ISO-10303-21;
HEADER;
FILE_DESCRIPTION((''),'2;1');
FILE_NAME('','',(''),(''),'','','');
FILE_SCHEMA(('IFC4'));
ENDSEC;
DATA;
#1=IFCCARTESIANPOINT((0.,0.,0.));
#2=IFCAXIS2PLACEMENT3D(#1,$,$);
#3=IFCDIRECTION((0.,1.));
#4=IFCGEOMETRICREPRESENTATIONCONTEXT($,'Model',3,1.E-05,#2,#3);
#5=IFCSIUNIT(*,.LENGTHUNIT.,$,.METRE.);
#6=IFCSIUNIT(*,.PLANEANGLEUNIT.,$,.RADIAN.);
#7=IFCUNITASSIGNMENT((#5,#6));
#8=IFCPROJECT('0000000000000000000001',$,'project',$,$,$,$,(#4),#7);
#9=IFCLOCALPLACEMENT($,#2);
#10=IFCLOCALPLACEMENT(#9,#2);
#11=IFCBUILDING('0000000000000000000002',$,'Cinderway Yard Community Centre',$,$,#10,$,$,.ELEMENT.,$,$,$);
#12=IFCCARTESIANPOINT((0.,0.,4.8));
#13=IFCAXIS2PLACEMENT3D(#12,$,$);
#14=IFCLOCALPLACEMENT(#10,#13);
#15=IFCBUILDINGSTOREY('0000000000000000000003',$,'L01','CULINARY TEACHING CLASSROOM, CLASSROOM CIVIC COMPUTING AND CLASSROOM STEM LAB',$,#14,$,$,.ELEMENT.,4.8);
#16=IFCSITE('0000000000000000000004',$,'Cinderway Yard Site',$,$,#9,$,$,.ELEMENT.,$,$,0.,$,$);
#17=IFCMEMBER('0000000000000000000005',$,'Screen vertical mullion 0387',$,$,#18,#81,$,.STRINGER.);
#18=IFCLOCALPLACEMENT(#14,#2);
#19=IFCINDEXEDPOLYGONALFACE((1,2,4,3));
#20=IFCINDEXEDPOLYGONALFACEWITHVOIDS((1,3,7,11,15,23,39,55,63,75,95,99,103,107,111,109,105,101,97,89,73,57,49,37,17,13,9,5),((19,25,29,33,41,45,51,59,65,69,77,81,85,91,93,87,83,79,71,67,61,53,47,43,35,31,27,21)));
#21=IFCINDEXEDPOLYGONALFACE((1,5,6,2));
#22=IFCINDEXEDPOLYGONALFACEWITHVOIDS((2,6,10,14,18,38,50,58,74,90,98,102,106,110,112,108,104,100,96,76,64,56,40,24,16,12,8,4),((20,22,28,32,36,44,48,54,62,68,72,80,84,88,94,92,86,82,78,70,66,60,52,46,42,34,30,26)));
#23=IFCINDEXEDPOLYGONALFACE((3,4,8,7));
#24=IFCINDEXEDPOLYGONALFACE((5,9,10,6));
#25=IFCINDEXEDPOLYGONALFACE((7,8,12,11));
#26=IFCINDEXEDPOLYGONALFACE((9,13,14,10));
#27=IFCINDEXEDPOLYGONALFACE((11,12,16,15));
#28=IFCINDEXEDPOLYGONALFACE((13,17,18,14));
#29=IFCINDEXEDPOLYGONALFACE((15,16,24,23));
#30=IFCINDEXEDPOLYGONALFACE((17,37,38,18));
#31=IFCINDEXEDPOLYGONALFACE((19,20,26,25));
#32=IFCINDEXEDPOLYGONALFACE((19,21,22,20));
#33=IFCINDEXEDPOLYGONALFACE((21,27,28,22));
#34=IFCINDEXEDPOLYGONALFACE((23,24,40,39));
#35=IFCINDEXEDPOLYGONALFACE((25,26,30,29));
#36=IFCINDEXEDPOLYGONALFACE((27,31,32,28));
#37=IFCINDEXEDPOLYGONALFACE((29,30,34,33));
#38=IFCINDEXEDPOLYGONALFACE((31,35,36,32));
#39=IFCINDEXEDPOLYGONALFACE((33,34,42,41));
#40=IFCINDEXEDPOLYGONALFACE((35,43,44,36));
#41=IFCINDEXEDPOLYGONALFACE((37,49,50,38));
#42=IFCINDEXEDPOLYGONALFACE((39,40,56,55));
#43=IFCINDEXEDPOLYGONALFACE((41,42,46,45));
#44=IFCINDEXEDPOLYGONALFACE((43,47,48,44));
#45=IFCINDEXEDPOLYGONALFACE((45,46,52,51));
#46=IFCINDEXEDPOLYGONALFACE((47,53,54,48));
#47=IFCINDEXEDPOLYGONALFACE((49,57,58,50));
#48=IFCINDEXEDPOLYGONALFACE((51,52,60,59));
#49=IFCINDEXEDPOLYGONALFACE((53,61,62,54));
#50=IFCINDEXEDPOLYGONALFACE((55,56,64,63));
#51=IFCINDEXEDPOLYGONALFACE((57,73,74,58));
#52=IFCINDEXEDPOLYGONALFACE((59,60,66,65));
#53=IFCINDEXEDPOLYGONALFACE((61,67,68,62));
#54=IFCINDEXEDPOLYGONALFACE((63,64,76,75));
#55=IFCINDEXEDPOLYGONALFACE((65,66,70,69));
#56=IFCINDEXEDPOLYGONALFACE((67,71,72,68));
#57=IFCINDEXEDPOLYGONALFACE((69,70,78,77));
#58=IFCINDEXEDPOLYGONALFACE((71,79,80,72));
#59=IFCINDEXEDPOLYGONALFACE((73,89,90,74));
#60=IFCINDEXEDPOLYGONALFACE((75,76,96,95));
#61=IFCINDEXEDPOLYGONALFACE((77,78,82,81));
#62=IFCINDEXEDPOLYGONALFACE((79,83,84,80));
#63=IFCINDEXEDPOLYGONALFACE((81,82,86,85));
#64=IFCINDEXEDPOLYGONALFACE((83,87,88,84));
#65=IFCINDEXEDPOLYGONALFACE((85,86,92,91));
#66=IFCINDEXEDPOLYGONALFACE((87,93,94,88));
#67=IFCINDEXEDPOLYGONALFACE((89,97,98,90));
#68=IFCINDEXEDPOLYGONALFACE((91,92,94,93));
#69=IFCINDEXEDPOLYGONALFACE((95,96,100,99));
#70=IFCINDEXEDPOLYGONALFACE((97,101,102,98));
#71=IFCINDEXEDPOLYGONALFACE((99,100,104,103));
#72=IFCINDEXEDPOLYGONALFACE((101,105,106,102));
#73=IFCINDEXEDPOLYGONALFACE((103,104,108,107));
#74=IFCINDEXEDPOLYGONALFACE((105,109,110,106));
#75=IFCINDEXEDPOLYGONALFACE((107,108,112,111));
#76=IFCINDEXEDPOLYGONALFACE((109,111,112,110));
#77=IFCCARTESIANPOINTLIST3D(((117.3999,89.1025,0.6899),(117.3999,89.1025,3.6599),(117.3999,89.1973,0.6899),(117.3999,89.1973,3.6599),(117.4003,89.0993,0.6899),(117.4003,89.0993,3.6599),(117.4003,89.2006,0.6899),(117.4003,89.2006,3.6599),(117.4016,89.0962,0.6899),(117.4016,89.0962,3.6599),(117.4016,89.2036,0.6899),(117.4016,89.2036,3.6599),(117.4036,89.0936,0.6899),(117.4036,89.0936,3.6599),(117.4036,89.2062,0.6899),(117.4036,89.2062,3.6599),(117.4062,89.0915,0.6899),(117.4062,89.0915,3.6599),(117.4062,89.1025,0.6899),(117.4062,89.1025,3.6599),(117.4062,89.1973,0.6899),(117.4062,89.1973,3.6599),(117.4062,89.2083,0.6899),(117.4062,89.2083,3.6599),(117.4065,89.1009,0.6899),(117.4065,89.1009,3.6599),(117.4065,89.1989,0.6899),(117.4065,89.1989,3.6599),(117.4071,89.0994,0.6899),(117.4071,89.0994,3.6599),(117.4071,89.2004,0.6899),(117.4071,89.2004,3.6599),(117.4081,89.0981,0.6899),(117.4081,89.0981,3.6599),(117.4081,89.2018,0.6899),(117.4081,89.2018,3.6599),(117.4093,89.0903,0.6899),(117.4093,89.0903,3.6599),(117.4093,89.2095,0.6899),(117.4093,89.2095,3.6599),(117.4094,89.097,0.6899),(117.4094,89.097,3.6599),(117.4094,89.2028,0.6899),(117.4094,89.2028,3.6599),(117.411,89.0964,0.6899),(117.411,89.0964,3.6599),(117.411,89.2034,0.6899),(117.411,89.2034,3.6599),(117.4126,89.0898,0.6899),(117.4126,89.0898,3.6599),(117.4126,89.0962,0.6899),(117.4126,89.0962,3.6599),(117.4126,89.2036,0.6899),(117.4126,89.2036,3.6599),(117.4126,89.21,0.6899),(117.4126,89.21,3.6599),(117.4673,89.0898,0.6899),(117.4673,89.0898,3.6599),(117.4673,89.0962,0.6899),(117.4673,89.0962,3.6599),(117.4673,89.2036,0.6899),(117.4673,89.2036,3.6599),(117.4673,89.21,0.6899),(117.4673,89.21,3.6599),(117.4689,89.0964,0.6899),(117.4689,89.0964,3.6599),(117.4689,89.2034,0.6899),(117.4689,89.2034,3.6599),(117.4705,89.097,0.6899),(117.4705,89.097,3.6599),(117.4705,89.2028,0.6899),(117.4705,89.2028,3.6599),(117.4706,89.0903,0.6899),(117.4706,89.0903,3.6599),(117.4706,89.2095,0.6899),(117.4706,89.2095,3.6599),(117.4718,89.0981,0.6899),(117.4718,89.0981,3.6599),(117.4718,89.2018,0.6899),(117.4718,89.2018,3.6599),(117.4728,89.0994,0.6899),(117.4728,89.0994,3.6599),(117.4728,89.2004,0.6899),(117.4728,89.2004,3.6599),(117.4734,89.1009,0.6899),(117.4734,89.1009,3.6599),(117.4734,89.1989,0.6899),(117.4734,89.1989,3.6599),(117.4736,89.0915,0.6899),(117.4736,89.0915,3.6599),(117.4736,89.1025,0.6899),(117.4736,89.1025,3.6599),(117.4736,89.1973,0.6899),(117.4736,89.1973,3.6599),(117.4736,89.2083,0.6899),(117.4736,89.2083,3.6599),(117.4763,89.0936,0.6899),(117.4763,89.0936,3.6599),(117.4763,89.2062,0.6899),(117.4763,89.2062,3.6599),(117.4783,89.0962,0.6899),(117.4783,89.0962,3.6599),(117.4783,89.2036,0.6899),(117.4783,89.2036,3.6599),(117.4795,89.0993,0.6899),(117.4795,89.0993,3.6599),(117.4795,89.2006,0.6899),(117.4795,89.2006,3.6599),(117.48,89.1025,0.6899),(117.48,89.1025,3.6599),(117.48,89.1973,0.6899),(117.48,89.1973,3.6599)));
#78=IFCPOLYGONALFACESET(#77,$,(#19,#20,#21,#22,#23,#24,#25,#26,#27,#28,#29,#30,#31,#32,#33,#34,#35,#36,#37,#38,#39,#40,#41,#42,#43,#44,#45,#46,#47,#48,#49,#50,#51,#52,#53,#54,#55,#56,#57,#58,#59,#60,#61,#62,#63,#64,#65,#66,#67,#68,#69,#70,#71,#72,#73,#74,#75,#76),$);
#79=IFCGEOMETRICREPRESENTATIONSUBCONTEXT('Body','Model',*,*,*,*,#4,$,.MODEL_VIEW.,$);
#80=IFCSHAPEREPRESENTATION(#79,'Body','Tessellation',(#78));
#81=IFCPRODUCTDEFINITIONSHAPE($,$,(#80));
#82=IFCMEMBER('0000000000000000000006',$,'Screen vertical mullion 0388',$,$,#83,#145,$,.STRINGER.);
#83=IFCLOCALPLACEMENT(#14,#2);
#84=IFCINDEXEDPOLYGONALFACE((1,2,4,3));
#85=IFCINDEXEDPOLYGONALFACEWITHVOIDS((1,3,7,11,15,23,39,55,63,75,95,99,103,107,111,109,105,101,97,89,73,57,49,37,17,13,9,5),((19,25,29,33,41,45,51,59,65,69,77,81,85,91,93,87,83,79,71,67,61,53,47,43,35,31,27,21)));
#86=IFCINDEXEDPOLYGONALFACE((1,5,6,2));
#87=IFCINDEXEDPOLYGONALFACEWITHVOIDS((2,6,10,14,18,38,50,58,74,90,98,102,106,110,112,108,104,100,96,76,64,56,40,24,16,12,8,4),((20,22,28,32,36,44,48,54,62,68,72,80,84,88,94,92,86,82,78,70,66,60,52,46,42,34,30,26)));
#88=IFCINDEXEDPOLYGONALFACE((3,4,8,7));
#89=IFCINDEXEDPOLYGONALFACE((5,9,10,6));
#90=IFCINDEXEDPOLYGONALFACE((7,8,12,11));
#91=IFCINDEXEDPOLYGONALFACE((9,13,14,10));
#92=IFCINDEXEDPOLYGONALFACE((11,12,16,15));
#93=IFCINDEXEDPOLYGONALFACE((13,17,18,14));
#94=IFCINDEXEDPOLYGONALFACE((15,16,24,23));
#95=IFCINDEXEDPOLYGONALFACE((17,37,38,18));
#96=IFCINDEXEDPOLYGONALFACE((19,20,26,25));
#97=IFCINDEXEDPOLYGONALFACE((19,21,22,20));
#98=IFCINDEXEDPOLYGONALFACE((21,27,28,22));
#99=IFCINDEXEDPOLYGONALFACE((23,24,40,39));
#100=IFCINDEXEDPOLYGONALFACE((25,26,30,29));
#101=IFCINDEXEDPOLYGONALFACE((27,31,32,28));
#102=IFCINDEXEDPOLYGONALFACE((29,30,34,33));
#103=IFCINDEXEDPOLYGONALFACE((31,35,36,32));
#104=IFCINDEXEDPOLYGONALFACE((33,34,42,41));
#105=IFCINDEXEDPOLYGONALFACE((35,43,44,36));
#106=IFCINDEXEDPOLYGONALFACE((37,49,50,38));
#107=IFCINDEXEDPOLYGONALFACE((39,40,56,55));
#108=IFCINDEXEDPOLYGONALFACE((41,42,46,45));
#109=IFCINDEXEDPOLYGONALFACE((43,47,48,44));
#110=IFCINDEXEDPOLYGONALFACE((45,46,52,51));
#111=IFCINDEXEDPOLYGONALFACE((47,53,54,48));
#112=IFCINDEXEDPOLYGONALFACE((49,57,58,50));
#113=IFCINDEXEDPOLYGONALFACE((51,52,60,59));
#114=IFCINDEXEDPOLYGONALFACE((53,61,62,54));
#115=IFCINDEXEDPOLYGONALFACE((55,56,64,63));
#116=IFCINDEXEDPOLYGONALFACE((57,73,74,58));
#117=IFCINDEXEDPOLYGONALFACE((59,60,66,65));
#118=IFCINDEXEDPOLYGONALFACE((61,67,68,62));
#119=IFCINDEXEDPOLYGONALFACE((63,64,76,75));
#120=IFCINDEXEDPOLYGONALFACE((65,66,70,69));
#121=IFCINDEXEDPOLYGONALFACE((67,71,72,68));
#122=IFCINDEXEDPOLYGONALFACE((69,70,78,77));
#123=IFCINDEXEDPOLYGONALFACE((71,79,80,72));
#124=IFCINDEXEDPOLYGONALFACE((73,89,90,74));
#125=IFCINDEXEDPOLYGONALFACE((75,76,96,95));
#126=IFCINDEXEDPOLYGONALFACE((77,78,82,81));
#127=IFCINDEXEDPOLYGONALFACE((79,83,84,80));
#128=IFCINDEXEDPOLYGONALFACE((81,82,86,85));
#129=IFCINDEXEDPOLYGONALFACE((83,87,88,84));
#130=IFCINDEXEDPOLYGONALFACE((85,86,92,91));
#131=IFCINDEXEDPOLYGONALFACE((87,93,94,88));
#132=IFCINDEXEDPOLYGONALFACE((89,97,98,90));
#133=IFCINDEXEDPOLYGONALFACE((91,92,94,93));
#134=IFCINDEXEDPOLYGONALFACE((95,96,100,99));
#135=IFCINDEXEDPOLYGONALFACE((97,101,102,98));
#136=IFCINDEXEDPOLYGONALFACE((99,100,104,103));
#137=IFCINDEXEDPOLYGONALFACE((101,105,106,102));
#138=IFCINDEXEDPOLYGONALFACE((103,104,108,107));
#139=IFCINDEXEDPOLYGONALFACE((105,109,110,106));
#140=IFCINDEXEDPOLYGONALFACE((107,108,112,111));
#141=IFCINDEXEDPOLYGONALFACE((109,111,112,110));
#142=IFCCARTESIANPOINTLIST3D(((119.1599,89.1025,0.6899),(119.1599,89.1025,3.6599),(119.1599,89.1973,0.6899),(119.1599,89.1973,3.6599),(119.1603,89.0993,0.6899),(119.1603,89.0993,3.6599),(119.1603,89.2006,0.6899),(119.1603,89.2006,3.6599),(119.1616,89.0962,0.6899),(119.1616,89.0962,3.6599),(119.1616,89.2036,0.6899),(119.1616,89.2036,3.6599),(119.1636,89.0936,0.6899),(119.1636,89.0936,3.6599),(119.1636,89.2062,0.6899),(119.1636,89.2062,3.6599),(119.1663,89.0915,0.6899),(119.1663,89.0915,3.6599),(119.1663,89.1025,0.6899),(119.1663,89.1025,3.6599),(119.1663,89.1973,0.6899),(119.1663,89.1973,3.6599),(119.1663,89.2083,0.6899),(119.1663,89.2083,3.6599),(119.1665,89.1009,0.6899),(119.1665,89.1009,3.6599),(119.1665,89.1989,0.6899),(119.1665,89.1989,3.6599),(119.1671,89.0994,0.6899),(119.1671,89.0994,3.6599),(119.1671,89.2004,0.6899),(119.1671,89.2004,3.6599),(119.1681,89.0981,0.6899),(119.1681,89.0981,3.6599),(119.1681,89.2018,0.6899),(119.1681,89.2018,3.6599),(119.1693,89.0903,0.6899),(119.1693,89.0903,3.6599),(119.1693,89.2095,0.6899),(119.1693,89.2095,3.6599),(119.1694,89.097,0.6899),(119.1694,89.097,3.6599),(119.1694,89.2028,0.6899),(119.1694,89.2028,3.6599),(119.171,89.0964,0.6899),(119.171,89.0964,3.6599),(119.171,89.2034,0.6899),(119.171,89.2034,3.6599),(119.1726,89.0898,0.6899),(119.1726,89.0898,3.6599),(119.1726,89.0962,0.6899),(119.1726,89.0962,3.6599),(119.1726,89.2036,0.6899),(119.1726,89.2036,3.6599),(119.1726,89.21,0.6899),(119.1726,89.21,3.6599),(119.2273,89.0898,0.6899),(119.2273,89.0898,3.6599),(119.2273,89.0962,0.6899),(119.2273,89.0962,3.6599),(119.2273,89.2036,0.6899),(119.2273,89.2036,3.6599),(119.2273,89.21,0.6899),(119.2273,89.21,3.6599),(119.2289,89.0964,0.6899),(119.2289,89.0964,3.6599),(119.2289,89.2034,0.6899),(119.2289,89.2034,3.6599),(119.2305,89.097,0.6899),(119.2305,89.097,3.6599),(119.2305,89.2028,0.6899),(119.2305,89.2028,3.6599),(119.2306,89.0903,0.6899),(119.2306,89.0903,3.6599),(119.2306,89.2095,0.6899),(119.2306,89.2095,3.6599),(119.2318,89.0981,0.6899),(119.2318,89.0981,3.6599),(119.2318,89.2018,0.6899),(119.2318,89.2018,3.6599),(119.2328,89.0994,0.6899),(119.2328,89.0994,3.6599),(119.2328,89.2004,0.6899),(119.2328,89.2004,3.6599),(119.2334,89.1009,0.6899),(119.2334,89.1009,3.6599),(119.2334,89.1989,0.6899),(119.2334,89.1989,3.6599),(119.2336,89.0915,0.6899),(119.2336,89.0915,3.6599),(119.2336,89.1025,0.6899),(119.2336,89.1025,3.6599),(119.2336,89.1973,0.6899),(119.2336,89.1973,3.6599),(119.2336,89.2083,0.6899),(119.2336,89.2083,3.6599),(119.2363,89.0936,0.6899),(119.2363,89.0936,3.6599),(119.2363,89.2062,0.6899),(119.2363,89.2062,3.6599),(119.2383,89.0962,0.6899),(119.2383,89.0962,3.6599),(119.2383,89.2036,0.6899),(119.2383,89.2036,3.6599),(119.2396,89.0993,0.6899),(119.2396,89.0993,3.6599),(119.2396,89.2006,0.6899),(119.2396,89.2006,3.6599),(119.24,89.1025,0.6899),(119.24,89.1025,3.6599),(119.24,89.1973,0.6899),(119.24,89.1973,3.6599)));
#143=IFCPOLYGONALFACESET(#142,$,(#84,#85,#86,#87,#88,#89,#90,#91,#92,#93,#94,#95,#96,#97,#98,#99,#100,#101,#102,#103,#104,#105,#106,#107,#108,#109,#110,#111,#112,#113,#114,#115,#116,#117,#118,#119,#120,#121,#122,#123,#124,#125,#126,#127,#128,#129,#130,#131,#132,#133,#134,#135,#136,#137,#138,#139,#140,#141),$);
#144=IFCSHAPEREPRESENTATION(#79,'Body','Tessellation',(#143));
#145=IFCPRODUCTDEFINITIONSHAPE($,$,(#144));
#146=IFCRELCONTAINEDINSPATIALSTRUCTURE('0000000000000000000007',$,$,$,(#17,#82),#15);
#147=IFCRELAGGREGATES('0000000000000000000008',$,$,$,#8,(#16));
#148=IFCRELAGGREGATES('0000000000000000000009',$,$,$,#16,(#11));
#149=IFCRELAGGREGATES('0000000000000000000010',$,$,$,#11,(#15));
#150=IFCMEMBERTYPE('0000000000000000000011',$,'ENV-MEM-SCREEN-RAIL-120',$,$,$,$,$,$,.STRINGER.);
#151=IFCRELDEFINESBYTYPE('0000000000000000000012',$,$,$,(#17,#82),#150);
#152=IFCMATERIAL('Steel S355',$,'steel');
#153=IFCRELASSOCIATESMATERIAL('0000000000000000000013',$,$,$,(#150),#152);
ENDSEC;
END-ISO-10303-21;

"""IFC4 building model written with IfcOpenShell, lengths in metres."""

from ifc_helpers import new_model, si_unit, direction, frame, origin, origin_2d, place, context, subcontext, project, spatial, hollow_rectangle, extrude, material, material_profile, profile_set, type_object, element, save


model = new_model("IFC4")

# Units and contexts
model_context = context("Model", 3, precision=1e-05, world=origin(), true_north=direction((0.0, 1.0)))
body_context = subcontext(model_context, "Body", "Model", "MODEL_VIEW")
ifc_project = project(units=[si_unit("LENGTHUNIT", "METRE"), si_unit("PLANEANGLEUNIT", "RADIAN")], contexts=[model_context])

# Site, building, storey
site_placement = place(None, origin())
site = spatial("IfcSite", under=ifc_project, at=site_placement, Name="Cinderway Yard Site", CompositionType="ELEMENT", RefElevation=0.0)
building_placement = place(site_placement, origin())
building = spatial("IfcBuilding", under=site, at=building_placement, Name="Cinderway Yard Community Centre", CompositionType="ELEMENT")
storey_placement = place(building_placement, frame((0.0, 0.0, 4.8)))
storey = spatial("IfcBuildingStorey", under=building, at=storey_placement, Name="L01", Description="CULINARY TEACHING CLASSROOM, CLASSROOM CIVIC COMPUTING AND CLASSROOM STEM LAB", CompositionType="ELEMENT", Elevation=4.8)

# Members
ifc_material_1 = material(Name="Steel S355", Category="steel")
ifc_material_profile_1 = material_profile(ifc_material_1, hollow_rectangle(XDim=0.0801, YDim=0.1201, WallThickness=0.0063, InnerFilletRadius=0.0063, OuterFilletRadius=0.0127, at=origin_2d()), Name="Steel S355")
ifc_profile_set_1 = profile_set([ifc_material_profile_1], Name="Steel S355")
member_type_1 = type_object("IfcMemberType", Name="ENV-MEM-SCREEN-RAIL-120", PredefinedType="STRINGER", material=ifc_profile_set_1)
for number, where, z_axis, x_axis, name in (
    (1, (117.4399, 89.1499, 0.6899), (0.0, 0.0, 1.0), (1.0, 0.0, 0.0), "Screen vertical mullion 0387"),
    (2, (119.2, 89.1499, 0.6899), (0.0, 0.0, 1.0), (1.0, 0.0, 0.0), "Screen vertical mullion 0388"),
):
    element("IfcMember", number, at=place(storey_placement, frame(where, z_axis=z_axis, x_axis=x_axis)), inside=storey, type_object=member_type_1, Name=name, PredefinedType="STRINGER", context=body_context, shape_type="SweptSolid", body=[
        extrude(hollow_rectangle(XDim=0.0801, YDim=0.1201, WallThickness=0.0063, InnerFilletRadius=0.0063, OuterFilletRadius=0.0127, at=origin_2d()), origin(), (0.0, 0.0, 1.0), 2.97),
    ])

save(model, "model.ifc")
